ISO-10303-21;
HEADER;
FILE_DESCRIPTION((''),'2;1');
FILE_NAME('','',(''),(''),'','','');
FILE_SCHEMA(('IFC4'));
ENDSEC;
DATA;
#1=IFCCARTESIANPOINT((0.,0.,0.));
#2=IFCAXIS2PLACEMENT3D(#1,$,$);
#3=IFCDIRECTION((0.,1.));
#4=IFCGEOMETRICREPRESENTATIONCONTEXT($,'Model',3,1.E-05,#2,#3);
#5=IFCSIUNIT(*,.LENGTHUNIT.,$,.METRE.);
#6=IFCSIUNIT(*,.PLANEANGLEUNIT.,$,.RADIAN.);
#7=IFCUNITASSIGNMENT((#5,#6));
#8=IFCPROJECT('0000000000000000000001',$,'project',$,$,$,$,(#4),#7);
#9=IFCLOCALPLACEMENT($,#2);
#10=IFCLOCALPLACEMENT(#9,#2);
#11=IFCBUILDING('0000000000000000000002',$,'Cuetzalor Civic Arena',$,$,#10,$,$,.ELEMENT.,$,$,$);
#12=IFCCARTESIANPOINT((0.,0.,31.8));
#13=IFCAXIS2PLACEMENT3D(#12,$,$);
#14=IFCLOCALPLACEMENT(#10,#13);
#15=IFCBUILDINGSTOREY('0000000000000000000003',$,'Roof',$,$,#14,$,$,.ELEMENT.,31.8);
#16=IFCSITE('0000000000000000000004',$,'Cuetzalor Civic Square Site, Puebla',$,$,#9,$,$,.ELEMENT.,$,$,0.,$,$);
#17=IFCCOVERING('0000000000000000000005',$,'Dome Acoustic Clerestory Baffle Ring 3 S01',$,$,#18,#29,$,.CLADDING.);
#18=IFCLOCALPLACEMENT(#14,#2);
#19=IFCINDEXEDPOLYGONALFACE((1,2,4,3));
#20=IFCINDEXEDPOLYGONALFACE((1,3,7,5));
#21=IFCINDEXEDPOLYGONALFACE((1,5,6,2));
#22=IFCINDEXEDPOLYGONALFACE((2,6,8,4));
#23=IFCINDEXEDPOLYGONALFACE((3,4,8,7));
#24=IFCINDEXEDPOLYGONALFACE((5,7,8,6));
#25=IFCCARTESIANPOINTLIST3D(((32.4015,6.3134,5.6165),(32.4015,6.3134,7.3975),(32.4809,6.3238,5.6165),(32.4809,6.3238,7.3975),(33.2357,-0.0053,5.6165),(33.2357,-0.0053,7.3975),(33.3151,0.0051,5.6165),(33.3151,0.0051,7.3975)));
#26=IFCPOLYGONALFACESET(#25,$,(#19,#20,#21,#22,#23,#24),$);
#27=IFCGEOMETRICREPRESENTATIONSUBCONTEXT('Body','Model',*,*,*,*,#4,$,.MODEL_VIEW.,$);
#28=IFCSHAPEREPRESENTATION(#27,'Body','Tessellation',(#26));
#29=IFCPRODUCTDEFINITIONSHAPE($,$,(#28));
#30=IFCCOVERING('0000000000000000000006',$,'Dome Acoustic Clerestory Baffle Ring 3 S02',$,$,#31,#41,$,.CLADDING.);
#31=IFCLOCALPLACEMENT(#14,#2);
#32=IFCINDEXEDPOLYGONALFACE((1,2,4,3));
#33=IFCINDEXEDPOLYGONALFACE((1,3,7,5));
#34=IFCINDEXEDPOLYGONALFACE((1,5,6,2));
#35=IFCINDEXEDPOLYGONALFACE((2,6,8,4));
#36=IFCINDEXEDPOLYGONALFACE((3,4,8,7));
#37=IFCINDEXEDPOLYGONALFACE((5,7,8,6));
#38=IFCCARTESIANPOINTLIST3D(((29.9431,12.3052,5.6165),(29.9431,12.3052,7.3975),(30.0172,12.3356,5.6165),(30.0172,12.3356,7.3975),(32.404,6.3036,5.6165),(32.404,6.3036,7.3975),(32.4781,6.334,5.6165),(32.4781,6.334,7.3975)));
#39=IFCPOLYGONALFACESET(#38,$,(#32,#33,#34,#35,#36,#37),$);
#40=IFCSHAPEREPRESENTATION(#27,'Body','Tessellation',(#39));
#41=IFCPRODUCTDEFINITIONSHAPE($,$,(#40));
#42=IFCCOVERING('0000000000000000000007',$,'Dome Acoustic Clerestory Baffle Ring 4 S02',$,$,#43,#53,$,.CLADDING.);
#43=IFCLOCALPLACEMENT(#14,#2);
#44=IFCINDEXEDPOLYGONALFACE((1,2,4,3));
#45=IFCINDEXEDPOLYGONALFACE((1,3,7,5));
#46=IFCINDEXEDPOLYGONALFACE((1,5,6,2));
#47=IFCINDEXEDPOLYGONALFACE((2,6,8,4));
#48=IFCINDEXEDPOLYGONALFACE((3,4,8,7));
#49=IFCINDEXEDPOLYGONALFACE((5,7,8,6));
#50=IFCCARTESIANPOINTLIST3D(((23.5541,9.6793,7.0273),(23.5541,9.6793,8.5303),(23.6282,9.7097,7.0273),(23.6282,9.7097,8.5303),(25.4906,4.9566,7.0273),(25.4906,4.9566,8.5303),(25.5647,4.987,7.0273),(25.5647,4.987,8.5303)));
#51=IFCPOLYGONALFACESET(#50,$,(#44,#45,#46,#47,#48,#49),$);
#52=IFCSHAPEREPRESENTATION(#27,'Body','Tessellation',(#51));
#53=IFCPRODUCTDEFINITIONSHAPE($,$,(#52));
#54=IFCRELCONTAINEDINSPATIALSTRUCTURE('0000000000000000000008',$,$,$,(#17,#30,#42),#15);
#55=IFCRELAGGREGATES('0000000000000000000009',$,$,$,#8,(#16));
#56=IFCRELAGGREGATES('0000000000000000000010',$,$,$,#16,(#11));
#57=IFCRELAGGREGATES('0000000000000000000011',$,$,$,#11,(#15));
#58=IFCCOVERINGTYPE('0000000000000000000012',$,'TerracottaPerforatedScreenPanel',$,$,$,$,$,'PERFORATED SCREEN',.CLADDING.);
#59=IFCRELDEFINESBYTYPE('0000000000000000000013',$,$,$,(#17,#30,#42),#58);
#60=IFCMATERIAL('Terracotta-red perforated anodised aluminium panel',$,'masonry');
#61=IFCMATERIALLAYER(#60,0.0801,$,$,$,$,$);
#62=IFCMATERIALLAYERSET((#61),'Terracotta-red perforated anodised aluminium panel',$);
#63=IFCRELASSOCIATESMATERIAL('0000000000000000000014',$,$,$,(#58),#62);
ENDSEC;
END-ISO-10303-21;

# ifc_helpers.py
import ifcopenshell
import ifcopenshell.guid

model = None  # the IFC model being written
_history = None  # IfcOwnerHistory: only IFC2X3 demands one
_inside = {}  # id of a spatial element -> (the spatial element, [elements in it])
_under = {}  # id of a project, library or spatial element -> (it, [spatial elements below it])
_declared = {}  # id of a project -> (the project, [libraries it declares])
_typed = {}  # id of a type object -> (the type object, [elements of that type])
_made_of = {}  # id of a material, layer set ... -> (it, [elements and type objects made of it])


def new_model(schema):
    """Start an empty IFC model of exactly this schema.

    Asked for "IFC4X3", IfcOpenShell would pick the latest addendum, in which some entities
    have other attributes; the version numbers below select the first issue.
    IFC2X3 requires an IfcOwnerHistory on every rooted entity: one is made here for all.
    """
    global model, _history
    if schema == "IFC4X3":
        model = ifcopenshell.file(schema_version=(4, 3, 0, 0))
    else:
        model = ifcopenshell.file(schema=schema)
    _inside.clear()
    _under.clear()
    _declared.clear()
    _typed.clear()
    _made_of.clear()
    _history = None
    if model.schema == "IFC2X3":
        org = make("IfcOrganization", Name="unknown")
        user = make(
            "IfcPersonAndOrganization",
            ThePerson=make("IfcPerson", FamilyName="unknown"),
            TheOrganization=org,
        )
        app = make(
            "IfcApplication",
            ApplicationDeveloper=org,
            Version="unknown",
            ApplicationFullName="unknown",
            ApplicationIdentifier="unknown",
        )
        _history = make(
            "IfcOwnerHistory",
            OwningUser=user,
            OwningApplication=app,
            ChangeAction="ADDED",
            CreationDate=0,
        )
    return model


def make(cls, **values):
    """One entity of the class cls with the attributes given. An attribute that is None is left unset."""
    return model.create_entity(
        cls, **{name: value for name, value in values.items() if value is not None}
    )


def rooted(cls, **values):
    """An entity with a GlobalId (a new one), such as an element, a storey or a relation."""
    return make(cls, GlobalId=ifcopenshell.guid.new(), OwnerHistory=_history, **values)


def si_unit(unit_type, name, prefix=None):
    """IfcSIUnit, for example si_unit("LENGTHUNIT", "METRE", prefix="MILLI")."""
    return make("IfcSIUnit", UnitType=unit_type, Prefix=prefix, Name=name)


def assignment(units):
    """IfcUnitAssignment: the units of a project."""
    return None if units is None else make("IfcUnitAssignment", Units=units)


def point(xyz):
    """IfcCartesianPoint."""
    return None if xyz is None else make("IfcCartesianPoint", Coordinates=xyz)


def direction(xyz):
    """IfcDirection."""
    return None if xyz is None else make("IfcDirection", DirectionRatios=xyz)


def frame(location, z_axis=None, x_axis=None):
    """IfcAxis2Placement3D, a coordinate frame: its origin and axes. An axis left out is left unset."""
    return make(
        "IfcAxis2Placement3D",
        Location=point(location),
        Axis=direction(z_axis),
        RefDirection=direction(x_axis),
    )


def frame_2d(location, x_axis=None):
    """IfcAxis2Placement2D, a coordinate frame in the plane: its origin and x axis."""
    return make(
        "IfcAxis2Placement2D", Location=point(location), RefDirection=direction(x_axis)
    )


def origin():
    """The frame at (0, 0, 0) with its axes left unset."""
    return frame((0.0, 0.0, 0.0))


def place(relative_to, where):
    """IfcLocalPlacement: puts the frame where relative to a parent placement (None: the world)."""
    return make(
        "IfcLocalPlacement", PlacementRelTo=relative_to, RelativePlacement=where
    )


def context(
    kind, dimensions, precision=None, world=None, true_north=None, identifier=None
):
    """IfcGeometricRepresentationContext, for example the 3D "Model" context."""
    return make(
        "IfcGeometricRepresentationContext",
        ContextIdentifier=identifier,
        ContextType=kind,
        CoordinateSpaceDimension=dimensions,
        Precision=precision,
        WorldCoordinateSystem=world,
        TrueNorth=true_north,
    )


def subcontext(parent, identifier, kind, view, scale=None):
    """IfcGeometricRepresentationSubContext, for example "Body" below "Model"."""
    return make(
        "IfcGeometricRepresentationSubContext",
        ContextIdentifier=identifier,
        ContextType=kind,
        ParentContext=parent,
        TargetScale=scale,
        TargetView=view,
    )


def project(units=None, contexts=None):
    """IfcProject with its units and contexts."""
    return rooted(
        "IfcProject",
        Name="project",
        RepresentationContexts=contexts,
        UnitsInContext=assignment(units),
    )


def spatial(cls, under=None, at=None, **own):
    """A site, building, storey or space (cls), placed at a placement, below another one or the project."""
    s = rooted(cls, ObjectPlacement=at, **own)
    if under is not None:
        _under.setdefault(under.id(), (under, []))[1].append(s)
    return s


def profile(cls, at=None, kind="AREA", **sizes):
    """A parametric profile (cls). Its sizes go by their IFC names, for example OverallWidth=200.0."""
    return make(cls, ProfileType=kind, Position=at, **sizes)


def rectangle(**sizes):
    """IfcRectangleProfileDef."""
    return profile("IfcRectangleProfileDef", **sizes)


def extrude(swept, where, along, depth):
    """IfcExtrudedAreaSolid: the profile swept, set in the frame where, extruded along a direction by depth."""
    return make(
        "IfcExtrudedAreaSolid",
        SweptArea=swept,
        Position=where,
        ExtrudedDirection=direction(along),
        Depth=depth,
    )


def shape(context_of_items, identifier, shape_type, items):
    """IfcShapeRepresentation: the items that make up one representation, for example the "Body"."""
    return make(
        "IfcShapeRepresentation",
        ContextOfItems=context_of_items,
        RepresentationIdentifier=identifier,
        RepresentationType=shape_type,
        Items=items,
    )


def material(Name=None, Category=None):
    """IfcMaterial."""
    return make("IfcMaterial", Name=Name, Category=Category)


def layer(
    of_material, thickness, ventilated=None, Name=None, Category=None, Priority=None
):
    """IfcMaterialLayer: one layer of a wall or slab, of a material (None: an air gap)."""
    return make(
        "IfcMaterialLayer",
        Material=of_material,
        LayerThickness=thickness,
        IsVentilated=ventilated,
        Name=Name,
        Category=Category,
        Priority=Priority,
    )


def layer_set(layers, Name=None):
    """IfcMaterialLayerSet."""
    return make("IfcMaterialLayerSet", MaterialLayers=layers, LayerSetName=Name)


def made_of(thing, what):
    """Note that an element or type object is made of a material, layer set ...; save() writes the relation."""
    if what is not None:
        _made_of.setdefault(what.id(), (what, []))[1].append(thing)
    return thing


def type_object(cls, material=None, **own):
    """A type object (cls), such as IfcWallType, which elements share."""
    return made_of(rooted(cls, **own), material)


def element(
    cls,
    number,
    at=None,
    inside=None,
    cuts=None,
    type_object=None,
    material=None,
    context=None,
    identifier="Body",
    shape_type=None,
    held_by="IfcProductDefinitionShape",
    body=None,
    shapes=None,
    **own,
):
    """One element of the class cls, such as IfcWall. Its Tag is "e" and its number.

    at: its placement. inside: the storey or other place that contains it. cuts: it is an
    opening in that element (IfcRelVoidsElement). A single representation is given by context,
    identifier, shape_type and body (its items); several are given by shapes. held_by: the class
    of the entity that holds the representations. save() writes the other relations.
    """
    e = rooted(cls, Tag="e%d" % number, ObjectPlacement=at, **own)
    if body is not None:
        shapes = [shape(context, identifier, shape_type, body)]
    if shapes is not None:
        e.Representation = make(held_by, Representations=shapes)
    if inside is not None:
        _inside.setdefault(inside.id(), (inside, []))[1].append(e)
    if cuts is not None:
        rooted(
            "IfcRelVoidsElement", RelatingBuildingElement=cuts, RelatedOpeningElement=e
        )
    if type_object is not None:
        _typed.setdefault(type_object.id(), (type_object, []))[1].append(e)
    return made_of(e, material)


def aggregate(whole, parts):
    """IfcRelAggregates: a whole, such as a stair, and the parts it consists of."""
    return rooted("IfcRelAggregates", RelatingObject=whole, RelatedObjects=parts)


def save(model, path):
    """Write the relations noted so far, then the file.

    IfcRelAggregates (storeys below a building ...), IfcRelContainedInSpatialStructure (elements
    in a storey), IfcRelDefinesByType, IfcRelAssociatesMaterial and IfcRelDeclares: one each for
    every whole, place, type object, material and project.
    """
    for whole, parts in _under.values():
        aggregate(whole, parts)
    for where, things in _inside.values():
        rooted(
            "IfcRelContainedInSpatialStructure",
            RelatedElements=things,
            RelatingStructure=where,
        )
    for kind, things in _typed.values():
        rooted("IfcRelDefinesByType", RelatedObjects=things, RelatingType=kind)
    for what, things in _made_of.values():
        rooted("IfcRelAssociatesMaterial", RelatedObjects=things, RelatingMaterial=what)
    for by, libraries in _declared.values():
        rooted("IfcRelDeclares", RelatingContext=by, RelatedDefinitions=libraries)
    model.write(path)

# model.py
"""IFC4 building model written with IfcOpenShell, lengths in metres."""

from ifc_helpers import new_model, si_unit, direction, frame, frame_2d, origin, place, context, subcontext, project, spatial, rectangle, extrude, material, layer, layer_set, type_object, element, save


model = new_model("IFC4")

# Units and contexts
model_context = context("Model", 3, precision=1e-05, world=origin(), true_north=direction((0.0, 1.0)))
body_context = subcontext(model_context, "Body", "Model", "MODEL_VIEW")
ifc_project = project(units=[si_unit("LENGTHUNIT", "METRE"), si_unit("PLANEANGLEUNIT", "RADIAN")], contexts=[model_context])

# Site, building, storey
site_placement = place(None, origin())
site = spatial("IfcSite", under=ifc_project, at=site_placement, Name="Cuetzalor Civic Square Site, Puebla", CompositionType="ELEMENT", RefElevation=0.0)
building_placement = place(site_placement, origin())
building = spatial("IfcBuilding", under=site, at=building_placement, Name="Cuetzalor Civic Arena", CompositionType="ELEMENT")
storey_placement = place(building_placement, frame((0.0, 0.0, 31.8)))
storey = spatial("IfcBuildingStorey", under=building, at=storey_placement, Name="Roof", CompositionType="ELEMENT", Elevation=31.8)

# Coverings
ifc_material_1 = material(Name="Terracotta-red perforated anodised aluminium panel", Category="masonry")
ifc_layer_1 = layer(ifc_material_1, 0.0801)
ifc_layer_set_1 = layer_set([ifc_layer_1], Name="Terracotta-red perforated anodised aluminium panel")
covering_type = type_object("IfcCoveringType", Name="TerracottaPerforatedScreenPanel", ElementType="PERFORATED SCREEN", PredefinedType="CLADDING", material=ifc_layer_set_1)
covering_1_placement = place(storey_placement, frame((32.4412, 6.3186, 5.6165), z_axis=(0.0, 0.0, 1.0), x_axis=(0.130891, -0.991397, 0.0)))
element("IfcCovering", 1, at=covering_1_placement, inside=storey, type_object=covering_type, Name="Dome Acoustic Clerestory Baffle Ring 3 S01", PredefinedType="CLADDING", context=body_context, shape_type="SweptSolid", body=[
    extrude(rectangle(XDim=6.3735, YDim=0.0801, at=frame_2d((3.1868, 0.0))), origin(), (0.0, 0.0, 1.0), 1.781),
])
covering_2_placement = place(storey_placement, frame((29.9802, 12.3203, 5.6165), z_axis=(0.0, 0.0, 1.0), x_axis=(0.379385, -0.925239, 0.0)))
element("IfcCovering", 2, at=covering_2_placement, inside=storey, type_object=covering_type, Name="Dome Acoustic Clerestory Baffle Ring 3 S02", PredefinedType="CLADDING", context=body_context, shape_type="SweptSolid", body=[
    extrude(rectangle(XDim=6.4866, YDim=0.0801, at=frame_2d((3.2432, 0.0))), origin(), (0.0, 0.0, 1.0), 1.781),
])
covering_3_placement = place(storey_placement, frame((23.5911, 9.6946, 7.0273), z_axis=(0.0, 0.0, 1.0), x_axis=(0.379393, -0.925236, 0.0)))
element("IfcCovering", 3, at=covering_3_placement, inside=storey, type_object=covering_type, Name="Dome Acoustic Clerestory Baffle Ring 4 S02", PredefinedType="CLADDING", context=body_context, shape_type="SweptSolid", body=[
    extrude(rectangle(XDim=5.1042, YDim=0.0801, at=frame_2d((2.5522, 0.0))), origin(), (0.0, 0.0, 1.0), 1.5029),
])

save(model, "model.ifc")
